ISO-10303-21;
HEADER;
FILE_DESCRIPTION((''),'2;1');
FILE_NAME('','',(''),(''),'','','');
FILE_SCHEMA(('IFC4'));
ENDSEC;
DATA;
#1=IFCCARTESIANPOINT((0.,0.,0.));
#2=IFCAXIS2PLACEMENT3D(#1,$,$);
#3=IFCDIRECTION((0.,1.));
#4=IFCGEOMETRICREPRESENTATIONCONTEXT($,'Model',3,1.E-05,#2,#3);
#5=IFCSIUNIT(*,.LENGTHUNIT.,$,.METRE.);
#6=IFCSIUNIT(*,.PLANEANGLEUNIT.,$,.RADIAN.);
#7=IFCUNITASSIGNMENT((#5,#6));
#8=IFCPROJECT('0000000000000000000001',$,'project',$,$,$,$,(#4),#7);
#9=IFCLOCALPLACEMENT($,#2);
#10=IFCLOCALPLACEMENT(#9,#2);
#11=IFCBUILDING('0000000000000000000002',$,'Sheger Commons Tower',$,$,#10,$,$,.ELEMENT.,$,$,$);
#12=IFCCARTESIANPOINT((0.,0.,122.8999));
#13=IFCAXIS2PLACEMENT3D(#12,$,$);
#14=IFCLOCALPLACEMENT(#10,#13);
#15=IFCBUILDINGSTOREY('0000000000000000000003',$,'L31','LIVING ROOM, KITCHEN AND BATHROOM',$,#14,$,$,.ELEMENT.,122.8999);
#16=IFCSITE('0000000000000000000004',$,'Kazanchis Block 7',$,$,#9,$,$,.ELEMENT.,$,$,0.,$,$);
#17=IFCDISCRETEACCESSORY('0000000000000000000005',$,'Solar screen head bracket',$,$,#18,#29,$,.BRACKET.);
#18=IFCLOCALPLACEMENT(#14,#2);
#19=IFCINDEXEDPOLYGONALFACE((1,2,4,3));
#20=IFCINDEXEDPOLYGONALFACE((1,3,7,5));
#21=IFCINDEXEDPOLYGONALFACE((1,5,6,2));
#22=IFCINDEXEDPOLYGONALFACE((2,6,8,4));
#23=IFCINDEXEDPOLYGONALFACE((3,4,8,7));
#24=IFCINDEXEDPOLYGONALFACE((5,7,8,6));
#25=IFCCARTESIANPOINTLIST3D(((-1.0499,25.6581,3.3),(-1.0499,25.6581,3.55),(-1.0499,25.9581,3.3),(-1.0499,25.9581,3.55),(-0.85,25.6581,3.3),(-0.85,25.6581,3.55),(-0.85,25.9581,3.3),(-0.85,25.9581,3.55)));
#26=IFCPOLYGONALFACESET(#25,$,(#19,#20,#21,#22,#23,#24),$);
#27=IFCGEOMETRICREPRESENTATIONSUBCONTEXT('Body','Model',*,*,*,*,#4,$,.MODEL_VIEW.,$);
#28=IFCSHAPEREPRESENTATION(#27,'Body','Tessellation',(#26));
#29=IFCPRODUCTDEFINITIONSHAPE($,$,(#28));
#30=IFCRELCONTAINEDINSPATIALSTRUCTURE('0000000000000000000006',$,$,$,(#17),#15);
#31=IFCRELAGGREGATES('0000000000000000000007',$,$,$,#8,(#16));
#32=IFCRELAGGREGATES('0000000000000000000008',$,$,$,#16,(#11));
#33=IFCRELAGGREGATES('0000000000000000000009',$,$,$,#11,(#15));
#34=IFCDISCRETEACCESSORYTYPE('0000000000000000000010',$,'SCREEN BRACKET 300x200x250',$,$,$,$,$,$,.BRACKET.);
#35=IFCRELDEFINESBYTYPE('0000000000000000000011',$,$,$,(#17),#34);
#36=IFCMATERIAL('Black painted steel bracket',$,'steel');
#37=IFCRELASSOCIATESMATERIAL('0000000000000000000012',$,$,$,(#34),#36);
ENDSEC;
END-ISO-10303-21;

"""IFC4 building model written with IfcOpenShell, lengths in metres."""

from ifc_helpers import new_model, si_unit, direction, frame, origin, origin_2d, place, context, subcontext, project, spatial, rectangle, extrude, material, type_object, element, save


model = new_model("IFC4")

# Units and contexts
model_context = context("Model", 3, precision=1e-05, world=origin(), true_north=direction((0.0, 1.0)))
body_context = subcontext(model_context, "Body", "Model", "MODEL_VIEW")
ifc_project = project(units=[si_unit("LENGTHUNIT", "METRE"), si_unit("PLANEANGLEUNIT", "RADIAN")], contexts=[model_context])

# Site, building, storey
site_placement = place(None, origin())
site = spatial("IfcSite", under=ifc_project, at=site_placement, Name="Kazanchis Block 7", CompositionType="ELEMENT", RefElevation=0.0)
building_placement = place(site_placement, origin())
building = spatial("IfcBuilding", under=site, at=building_placement, Name="Sheger Commons Tower", CompositionType="ELEMENT")
storey_placement = place(building_placement, frame((0.0, 0.0, 122.8999)))
storey = spatial("IfcBuildingStorey", under=building, at=storey_placement, Name="L31", Description="LIVING ROOM, KITCHEN AND BATHROOM", CompositionType="ELEMENT", Elevation=122.8999)

# Discrete accessory
ifc_material_1 = material(Name="Black painted steel bracket", Category="steel")
discrete_accessory_type = type_object("IfcDiscreteAccessoryType", Name="SCREEN BRACKET 300x200x250", PredefinedType="BRACKET", material=ifc_material_1)
for number, where, z_axis, x_axis, name in (
    (1, (-0.95, 25.8081, 3.3), (0.0, 0.0, 1.0), (0.0, -1.0, 0.0), "Solar screen head bracket"),
):
    element("IfcDiscreteAccessory", number, at=place(storey_placement, frame(where, z_axis=z_axis, x_axis=x_axis)), inside=storey, type_object=discrete_accessory_type, Name=name, PredefinedType="BRACKET", context=body_context, shape_type="SweptSolid", body=[
        extrude(rectangle(XDim=0.3, YDim=0.2, at=origin_2d()), origin(), (0.0, 0.0, 1.0), 0.25),
    ])

save(model, "model.ifc")
